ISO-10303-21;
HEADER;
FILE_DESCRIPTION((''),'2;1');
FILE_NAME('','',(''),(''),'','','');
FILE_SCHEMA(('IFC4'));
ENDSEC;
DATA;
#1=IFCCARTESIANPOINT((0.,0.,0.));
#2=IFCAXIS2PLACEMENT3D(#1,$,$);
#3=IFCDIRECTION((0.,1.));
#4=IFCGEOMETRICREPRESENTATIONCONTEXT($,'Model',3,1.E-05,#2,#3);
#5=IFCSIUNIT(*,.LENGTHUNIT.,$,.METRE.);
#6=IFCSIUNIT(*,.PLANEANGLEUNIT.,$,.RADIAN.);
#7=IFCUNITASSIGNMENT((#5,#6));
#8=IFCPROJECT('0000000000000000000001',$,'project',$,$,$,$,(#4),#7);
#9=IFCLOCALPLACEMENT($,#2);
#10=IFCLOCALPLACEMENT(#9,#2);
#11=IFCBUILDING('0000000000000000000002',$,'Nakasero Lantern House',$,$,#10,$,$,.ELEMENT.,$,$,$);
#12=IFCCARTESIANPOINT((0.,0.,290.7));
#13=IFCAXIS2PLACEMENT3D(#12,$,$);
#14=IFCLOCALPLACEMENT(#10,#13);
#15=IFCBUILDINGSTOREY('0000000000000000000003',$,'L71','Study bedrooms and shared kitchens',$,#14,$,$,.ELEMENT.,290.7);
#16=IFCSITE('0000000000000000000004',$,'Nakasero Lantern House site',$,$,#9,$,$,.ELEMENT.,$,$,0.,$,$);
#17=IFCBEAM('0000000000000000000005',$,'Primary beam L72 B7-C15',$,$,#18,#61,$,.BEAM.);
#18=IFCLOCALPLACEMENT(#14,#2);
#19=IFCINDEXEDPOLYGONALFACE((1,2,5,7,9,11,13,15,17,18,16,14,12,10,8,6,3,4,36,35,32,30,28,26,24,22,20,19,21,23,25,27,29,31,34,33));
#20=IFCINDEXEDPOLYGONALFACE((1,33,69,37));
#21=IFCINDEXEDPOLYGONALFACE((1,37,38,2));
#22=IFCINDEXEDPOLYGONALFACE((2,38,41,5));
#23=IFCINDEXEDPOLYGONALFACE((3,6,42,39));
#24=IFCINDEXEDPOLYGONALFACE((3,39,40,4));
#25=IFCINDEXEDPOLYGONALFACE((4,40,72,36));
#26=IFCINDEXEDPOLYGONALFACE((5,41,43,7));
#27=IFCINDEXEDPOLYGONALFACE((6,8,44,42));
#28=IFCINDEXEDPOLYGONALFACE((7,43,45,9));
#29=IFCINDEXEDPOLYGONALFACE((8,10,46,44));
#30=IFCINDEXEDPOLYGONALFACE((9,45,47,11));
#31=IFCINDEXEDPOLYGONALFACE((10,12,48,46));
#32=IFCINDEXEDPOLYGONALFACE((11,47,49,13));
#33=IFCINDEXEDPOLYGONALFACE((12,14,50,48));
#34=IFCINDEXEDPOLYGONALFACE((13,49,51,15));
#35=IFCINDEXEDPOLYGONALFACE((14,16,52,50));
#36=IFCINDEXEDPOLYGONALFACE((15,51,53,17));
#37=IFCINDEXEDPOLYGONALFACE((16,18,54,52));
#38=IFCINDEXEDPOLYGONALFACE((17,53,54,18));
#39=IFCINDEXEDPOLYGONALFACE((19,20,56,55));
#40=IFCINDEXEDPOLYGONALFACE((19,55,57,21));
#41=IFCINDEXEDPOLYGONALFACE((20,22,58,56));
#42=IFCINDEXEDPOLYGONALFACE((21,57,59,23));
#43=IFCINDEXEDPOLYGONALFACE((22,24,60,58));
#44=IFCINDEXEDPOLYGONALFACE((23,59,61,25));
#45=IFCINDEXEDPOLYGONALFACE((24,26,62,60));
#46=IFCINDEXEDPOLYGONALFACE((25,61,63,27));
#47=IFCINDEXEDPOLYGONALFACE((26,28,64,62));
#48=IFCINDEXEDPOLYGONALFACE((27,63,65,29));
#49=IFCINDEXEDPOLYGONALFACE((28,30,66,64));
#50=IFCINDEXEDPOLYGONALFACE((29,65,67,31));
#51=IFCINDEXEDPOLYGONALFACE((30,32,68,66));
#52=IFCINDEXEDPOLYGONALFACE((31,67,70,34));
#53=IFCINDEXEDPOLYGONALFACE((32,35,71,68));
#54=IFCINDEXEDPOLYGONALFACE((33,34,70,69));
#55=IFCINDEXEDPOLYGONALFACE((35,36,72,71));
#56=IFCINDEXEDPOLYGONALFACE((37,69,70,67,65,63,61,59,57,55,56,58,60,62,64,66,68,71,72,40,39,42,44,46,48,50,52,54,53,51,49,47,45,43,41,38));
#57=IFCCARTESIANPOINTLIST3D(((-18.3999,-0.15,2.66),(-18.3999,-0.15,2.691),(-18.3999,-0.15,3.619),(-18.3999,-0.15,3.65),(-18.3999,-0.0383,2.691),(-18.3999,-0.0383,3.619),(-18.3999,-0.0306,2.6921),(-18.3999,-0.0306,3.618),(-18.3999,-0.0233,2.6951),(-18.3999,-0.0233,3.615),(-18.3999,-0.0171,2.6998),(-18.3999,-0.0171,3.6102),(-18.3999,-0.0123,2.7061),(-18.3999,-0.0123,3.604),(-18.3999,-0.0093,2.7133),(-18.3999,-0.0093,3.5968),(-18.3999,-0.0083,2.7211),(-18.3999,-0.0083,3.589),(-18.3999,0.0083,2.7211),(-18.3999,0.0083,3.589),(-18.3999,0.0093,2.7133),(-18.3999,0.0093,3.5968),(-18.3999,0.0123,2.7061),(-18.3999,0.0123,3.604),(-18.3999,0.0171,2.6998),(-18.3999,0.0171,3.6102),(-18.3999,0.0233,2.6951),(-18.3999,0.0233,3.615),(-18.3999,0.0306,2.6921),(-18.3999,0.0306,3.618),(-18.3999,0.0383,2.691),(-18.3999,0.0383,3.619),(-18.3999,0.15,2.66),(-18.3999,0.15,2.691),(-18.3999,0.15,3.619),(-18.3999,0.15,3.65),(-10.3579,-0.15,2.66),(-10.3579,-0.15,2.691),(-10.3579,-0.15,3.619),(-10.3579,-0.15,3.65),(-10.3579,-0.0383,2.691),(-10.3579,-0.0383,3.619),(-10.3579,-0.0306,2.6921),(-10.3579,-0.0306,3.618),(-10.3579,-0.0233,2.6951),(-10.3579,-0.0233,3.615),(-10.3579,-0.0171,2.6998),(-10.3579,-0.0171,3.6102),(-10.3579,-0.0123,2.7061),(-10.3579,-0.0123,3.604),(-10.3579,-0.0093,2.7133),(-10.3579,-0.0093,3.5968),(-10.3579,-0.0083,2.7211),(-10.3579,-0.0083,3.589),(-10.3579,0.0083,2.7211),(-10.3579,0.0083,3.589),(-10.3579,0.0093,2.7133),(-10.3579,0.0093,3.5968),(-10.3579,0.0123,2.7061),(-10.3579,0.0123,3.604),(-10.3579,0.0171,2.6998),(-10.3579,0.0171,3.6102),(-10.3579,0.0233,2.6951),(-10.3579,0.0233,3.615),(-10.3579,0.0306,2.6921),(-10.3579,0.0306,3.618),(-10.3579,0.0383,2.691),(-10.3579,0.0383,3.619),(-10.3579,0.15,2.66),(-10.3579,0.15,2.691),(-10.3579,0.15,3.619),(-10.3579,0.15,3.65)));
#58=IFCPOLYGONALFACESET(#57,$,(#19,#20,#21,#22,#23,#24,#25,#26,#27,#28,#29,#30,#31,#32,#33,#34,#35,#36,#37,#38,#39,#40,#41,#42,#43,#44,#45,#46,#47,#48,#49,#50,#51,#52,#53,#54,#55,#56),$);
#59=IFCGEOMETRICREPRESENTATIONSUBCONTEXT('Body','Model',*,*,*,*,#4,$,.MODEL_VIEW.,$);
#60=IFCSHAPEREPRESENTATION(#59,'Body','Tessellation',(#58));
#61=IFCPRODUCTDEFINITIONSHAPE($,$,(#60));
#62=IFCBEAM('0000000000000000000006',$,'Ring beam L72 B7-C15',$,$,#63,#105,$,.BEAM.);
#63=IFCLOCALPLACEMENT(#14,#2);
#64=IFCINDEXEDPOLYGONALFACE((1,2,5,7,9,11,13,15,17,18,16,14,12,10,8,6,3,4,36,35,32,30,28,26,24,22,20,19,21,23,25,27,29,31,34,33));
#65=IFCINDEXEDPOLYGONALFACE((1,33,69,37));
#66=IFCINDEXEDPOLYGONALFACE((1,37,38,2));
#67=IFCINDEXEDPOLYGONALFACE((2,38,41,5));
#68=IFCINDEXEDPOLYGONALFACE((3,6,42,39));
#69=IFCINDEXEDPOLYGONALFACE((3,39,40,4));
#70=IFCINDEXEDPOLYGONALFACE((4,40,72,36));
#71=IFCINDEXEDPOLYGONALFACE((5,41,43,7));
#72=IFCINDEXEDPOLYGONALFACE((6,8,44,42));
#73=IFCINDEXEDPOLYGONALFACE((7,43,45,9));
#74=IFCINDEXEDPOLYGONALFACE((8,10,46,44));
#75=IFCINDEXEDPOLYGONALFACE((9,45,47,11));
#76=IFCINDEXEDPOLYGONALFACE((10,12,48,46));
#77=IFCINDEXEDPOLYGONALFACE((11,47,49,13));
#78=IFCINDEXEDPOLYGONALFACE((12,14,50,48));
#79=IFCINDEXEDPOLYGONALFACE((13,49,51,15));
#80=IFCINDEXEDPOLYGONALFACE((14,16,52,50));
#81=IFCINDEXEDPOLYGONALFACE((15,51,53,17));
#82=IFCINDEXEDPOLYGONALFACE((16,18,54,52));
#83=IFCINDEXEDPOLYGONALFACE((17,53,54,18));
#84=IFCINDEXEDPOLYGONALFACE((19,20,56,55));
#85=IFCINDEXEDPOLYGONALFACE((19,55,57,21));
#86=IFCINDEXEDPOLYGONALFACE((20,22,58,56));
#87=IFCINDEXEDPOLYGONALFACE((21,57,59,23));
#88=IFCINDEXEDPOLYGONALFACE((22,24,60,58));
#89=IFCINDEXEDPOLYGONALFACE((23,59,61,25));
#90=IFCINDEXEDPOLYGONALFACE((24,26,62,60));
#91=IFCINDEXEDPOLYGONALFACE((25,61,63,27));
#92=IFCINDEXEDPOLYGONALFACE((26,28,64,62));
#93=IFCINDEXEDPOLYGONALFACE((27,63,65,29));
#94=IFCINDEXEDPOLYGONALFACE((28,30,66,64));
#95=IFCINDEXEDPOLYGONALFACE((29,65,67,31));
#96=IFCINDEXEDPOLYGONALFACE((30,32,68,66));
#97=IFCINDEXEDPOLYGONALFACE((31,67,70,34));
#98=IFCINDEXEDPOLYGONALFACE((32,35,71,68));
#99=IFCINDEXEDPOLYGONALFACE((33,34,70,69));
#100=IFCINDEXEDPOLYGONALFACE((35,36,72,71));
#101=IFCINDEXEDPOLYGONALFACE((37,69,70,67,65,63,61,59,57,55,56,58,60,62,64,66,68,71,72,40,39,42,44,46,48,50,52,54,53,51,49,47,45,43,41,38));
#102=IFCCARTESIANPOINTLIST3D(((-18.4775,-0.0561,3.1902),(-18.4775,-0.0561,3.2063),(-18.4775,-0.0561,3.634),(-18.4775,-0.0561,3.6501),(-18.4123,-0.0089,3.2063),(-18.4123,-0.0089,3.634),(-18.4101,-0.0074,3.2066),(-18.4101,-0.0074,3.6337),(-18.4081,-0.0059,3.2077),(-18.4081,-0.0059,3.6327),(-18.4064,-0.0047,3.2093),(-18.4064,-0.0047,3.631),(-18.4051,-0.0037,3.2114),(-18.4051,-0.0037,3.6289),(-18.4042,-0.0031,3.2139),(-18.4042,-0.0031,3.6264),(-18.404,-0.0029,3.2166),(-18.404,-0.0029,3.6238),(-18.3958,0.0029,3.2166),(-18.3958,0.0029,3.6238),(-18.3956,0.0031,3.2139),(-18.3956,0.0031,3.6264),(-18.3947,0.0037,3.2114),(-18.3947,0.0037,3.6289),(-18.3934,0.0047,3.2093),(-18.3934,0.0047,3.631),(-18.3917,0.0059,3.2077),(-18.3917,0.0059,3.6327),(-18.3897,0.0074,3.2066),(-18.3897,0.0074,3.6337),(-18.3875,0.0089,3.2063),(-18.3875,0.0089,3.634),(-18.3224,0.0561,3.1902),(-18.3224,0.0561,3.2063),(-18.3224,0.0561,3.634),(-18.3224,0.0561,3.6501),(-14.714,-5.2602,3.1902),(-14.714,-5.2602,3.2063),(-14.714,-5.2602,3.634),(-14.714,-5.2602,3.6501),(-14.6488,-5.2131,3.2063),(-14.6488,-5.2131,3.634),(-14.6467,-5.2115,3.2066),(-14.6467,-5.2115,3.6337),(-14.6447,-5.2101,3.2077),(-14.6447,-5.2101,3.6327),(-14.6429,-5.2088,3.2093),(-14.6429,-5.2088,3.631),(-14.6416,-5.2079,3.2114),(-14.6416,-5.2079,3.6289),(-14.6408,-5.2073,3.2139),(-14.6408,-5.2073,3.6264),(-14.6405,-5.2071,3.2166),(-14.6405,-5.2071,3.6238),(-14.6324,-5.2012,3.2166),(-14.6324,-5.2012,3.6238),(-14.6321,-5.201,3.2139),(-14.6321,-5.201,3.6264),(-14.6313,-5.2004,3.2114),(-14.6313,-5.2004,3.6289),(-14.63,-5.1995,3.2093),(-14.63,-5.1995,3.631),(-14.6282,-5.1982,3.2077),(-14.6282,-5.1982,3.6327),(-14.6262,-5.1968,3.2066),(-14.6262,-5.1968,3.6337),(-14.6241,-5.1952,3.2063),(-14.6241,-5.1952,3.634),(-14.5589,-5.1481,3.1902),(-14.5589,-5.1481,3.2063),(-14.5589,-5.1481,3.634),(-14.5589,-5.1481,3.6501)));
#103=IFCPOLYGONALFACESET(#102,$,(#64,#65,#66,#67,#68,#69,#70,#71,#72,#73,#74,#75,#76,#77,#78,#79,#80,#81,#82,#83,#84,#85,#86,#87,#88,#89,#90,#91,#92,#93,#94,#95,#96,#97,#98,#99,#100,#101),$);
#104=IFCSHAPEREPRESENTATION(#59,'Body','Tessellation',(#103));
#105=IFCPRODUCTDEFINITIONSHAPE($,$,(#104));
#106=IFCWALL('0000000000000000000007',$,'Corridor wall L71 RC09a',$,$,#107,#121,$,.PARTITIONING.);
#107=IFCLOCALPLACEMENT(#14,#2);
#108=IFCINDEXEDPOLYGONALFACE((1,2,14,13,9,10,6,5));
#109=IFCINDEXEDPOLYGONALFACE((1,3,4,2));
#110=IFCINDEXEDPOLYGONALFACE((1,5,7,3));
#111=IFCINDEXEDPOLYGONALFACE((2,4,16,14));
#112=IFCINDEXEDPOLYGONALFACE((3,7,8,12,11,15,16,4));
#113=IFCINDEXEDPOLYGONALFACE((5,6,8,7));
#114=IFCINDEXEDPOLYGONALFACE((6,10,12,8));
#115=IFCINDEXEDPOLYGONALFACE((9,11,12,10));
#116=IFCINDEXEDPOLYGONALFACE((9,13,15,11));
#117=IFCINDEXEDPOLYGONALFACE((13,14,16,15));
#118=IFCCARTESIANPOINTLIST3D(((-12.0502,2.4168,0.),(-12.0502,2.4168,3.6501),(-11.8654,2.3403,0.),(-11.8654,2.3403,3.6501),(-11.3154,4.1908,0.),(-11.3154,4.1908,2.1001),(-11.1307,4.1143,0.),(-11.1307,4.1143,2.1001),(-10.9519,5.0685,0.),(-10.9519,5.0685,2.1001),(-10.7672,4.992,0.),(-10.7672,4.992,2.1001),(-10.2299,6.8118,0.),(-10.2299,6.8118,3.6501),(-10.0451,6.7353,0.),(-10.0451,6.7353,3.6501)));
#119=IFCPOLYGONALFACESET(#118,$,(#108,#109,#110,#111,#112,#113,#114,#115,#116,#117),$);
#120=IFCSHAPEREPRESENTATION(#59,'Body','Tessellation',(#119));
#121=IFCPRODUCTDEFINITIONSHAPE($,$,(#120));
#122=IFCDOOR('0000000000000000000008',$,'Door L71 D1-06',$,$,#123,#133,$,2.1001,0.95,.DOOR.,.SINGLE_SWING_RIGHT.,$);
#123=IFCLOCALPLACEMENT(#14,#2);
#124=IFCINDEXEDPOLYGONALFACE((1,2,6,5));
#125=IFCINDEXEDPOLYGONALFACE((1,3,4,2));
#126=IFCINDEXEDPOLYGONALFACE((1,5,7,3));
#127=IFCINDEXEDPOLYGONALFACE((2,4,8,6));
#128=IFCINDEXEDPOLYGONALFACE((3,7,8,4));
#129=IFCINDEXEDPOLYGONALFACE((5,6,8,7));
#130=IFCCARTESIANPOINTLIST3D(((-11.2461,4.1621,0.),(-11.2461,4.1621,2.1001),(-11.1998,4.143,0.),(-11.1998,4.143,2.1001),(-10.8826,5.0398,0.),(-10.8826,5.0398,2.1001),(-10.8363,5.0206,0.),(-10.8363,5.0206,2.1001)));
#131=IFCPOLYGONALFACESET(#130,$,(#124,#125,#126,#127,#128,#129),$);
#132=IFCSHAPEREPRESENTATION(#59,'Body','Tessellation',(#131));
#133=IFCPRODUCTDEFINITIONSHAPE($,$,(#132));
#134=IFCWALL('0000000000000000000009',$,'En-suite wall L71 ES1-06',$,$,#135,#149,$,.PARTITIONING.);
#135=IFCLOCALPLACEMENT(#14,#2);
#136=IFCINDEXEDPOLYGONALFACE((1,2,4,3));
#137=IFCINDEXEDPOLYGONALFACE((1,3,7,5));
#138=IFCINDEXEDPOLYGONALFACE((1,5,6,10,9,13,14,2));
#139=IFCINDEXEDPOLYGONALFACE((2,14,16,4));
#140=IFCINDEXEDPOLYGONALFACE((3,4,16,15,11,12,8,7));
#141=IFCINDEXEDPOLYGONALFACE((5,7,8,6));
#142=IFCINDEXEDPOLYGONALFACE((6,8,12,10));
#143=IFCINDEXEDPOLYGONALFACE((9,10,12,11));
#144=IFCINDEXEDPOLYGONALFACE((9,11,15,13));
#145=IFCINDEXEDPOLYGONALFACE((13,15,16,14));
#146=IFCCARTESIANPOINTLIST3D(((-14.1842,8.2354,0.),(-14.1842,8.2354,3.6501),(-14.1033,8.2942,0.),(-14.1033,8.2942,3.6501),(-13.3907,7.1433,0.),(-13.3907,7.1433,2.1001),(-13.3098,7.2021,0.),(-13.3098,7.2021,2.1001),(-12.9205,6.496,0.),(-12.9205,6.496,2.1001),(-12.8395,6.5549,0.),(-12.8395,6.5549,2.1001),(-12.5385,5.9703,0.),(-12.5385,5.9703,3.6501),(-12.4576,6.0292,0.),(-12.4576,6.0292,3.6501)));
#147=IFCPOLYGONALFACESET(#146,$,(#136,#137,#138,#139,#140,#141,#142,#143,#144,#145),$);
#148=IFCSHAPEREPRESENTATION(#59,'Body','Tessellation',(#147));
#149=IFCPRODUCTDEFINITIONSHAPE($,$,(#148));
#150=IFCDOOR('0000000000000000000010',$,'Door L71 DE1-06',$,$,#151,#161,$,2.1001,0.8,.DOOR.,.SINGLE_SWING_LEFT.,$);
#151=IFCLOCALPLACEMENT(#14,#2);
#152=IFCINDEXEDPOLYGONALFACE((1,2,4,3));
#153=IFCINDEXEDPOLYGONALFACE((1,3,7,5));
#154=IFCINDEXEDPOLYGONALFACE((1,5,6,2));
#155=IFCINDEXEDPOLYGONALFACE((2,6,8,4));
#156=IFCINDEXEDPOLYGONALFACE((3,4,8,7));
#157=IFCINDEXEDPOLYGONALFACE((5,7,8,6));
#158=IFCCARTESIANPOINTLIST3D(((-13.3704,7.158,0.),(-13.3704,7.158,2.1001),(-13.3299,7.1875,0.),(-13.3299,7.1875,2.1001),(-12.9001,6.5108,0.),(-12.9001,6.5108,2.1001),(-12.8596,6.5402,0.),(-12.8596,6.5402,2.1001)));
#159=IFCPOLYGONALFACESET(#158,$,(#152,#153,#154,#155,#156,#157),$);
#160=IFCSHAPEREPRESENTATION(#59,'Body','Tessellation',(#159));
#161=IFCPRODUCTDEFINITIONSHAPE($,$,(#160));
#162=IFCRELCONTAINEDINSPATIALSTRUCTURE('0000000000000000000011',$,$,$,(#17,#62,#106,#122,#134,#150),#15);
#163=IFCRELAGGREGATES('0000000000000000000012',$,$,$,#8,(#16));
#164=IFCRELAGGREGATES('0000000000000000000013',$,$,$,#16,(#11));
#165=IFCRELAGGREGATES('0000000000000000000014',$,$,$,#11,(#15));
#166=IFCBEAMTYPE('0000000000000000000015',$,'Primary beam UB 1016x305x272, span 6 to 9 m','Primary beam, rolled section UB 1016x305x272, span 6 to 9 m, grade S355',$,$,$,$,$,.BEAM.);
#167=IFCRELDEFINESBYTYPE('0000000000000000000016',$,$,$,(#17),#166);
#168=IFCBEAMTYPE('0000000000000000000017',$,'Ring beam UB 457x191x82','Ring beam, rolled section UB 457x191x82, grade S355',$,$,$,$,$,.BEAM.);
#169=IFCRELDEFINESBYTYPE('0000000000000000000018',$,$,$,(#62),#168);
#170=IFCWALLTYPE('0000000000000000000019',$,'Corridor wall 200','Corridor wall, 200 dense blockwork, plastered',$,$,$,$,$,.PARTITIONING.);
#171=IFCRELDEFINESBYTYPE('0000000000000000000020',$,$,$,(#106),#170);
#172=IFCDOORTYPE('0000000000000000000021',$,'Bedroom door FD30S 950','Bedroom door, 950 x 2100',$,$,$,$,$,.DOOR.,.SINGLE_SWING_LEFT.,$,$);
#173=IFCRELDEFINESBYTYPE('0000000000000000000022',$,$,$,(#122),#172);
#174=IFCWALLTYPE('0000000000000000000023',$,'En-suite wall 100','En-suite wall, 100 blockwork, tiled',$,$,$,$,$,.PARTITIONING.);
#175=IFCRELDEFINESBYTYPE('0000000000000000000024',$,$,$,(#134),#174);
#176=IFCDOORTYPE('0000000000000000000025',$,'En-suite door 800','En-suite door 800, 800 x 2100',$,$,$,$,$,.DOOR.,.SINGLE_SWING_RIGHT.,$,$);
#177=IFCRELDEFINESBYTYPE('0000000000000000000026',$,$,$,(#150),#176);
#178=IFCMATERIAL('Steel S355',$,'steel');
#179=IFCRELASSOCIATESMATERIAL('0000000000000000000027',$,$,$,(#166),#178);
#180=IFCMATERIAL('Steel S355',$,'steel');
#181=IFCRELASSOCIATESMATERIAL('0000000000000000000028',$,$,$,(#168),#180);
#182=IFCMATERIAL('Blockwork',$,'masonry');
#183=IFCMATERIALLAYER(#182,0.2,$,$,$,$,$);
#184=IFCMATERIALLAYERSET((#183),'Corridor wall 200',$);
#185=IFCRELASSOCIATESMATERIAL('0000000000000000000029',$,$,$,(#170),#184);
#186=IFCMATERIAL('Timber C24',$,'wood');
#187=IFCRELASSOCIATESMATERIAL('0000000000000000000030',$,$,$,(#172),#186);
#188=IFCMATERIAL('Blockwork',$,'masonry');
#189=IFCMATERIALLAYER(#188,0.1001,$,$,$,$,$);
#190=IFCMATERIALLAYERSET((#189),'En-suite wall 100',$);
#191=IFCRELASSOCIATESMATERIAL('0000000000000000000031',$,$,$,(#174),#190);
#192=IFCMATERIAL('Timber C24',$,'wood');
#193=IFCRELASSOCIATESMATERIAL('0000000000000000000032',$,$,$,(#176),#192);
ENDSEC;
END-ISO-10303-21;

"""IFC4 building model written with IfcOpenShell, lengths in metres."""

from ifc_helpers import new_model, si_unit, direction, frame, frame_2d, origin, origin_2d, place, context, subcontext, project, spatial, rectangle, i_section, extrude, material, layer, layer_set, material_profile, profile_set, type_object, element, fill, save


model = new_model("IFC4")

# Units and contexts
model_context = context("Model", 3, precision=1e-05, world=origin(), true_north=direction((0.0, 1.0)))
body_context = subcontext(model_context, "Body", "Model", "MODEL_VIEW")
ifc_project = project(units=[si_unit("LENGTHUNIT", "METRE"), si_unit("PLANEANGLEUNIT", "RADIAN")], contexts=[model_context])

# Site, building, storey
site_placement = place(None, origin())
site = spatial("IfcSite", under=ifc_project, at=site_placement, Name="Nakasero Lantern House site", CompositionType="ELEMENT", RefElevation=0.0)
building_placement = place(site_placement, origin())
building = spatial("IfcBuilding", under=site, at=building_placement, Name="Nakasero Lantern House", CompositionType="ELEMENT")
storey_placement = place(building_placement, frame((0.0, 0.0, 290.7)))
storey = spatial("IfcBuildingStorey", under=building, at=storey_placement, Name="L71", Description="Study bedrooms and shared kitchens", CompositionType="ELEMENT", Elevation=290.7)

# Beams
ifc_material_1 = material(Name="Steel S355", Category="steel")
ifc_material_profile_1 = material_profile(ifc_material_1, i_section(OverallWidth=0.3, OverallDepth=0.99, WebThickness=0.0166, FlangeThickness=0.031, FilletRadius=0.03, at=origin_2d()), Name="UB 1016x305x272")
ifc_profile_set_1 = profile_set([ifc_material_profile_1], Name="Steel S355")
beam_type_1 = type_object("IfcBeamType", Name="Primary beam UB 1016x305x272, span 6 to 9 m", Description="Primary beam, rolled section UB 1016x305x272, span 6 to 9 m, grade S355", PredefinedType="BEAM", material=ifc_profile_set_1)
beam_1_placement = place(storey_placement, frame((-18.3999, 0.0, 3.155), z_axis=(1.0, 0.0, 0.0), x_axis=(0.0, 1.0, 0.0)))
element("IfcBeam", 1, at=beam_1_placement, inside=storey, type_object=beam_type_1, Name="Primary beam L72 B7-C15", PredefinedType="BEAM", context=body_context, shape_type="SweptSolid", body=[
    extrude(i_section(OverallWidth=0.3, OverallDepth=0.99, WebThickness=0.0166, FlangeThickness=0.031, FilletRadius=0.03, at=origin_2d()), origin(), (0.0, 0.0, 1.0), 8.042),
])
ifc_material_2 = material(Name="Steel S355", Category="steel")
ifc_material_profile_2 = material_profile(ifc_material_2, i_section(OverallWidth=0.1914, OverallDepth=0.46, WebThickness=0.01, FlangeThickness=0.0161, FilletRadius=0.0103, at=origin_2d()), Name="UB 457x191x82")
ifc_profile_set_2 = profile_set([ifc_material_profile_2], Name="Steel S355")
beam_type_2 = type_object("IfcBeamType", Name="Ring beam UB 457x191x82", Description="Ring beam, rolled section UB 457x191x82, grade S355", PredefinedType="BEAM", material=ifc_profile_set_2)
beam_2_placement = place(storey_placement, frame((-18.3999, 0.0, 3.4202), z_axis=(0.585993, -0.810316, 0.0), x_axis=(0.810316, 0.585993, 0.0)))
element("IfcBeam", 2, at=beam_2_placement, inside=storey, type_object=beam_type_2, Name="Ring beam L72 B7-C15", PredefinedType="BEAM", context=body_context, shape_type="SweptSolid", body=[
    extrude(i_section(OverallWidth=0.1914, OverallDepth=0.46, WebThickness=0.01, FlangeThickness=0.0161, FilletRadius=0.0103, at=origin_2d()), origin(), (0.0, 0.0, 1.0), 6.4224),
])

# Walls, openings, doors
ifc_material_3 = material(Name="Blockwork", Category="masonry")
ifc_layer_1 = layer(ifc_material_3, 0.2)
ifc_layer_set_1 = layer_set([ifc_layer_1], Name="Corridor wall 200")
wall_type_1 = type_object("IfcWallType", Name="Corridor wall 200", Description="Corridor wall, 200 dense blockwork, plastered", PredefinedType="PARTITIONING", material=ifc_layer_set_1)
wall_1_placement = place(storey_placement, frame((-11.9578, 2.3787, 0.0), z_axis=(0.0, 0.0, 1.0), x_axis=(0.382654, 0.923892, 0.0)))
wall_1 = element("IfcWall", 3, at=wall_1_placement, inside=storey, type_object=wall_type_1, Name="Corridor wall L71 RC09a", PredefinedType="PARTITIONING", context=body_context, shape_type="SweptSolid", body=[
    extrude(rectangle(XDim=4.7571, YDim=0.2, at=frame_2d((2.3784, 0.0))), origin(), (0.0, 0.0, 1.0), 3.6501),
])
opening_1_placement = place(wall_1_placement, frame((1.9199, 0.0, 0.0)))
opening_1 = element("IfcOpeningElement", 4, at=opening_1_placement, cuts=wall_1, PredefinedType="OPENING", context=body_context, shape_type="SweptSolid", body=[
    extrude(rectangle(XDim=0.95, YDim=2.1001, at=frame_2d((0.4751, 1.05))), frame((0.0, 0.1199, 0.0), z_axis=(0.0, -1.0, 0.0), x_axis=(1.0, 0.0, 0.0)), (0.0, 0.0, 1.0), 0.24),
])
ifc_material_4 = material(Name="Timber C24", Category="wood")
door_type_1 = type_object("IfcDoorType", Name="Bedroom door FD30S 950", Description="Bedroom door, 950 x 2100", OperationType="SINGLE_SWING_LEFT", PredefinedType="DOOR", material=ifc_material_4)
door_1_placement = place(opening_1_placement, origin())
door_1 = element("IfcDoor", 5, at=door_1_placement, inside=storey, type_object=door_type_1, Name="Door L71 D1-06", OperationType="SINGLE_SWING_RIGHT", OverallHeight=2.1001, OverallWidth=0.95, PredefinedType="DOOR", context=body_context, shape_type="SweptSolid", body=[
    extrude(rectangle(XDim=0.95, YDim=2.1001, at=frame_2d((0.4751, 1.05))), frame((0.0, 0.0249, 0.0), z_axis=(0.0, -1.0, 0.0), x_axis=(1.0, 0.0, 0.0)), (0.0, 0.0, 1.0), 0.05),
])
fill(opening_1, door_1)
ifc_material_5 = material(Name="Blockwork", Category="masonry")
ifc_layer_2 = layer(ifc_material_5, 0.1001)
ifc_layer_set_2 = layer_set([ifc_layer_2], Name="En-suite wall 100")
wall_type_2 = type_object("IfcWallType", Name="En-suite wall 100", Description="En-suite wall, 100 blockwork, tiled", PredefinedType="PARTITIONING", material=ifc_layer_set_2)
wall_2_placement = place(storey_placement, frame((-12.498, 5.9998, 0.0), z_axis=(0.0, 0.0, 1.0), x_axis=(-0.587793, 0.809011, 0.0)))
wall_2 = element("IfcWall", 6, at=wall_2_placement, inside=storey, type_object=wall_type_2, Name="En-suite wall L71 ES1-06", PredefinedType="PARTITIONING", context=body_context, shape_type="SweptSolid", body=[
    extrude(rectangle(XDim=2.7998, YDim=0.1001, at=frame_2d((1.3999, 0.0))), origin(), (0.0, 0.0, 1.0), 3.6501),
])
opening_2_placement = place(wall_2_placement, frame((0.6499, 0.0, 0.0)))
opening_2 = element("IfcOpeningElement", 7, at=opening_2_placement, cuts=wall_2, PredefinedType="OPENING", context=body_context, shape_type="SweptSolid", body=[
    extrude(rectangle(XDim=0.8, YDim=2.1001, at=frame_2d((0.3999, 1.05))), frame((0.0, 0.0701, 0.0), z_axis=(0.0, -1.0, 0.0), x_axis=(1.0, 0.0, 0.0)), (0.0, 0.0, 1.0), 0.1401),
])
ifc_material_6 = material(Name="Timber C24", Category="wood")
door_type_2 = type_object("IfcDoorType", Name="En-suite door 800", Description="En-suite door 800, 800 x 2100", OperationType="SINGLE_SWING_RIGHT", PredefinedType="DOOR", material=ifc_material_6)
door_2_placement = place(opening_2_placement, origin())
door_2 = element("IfcDoor", 8, at=door_2_placement, inside=storey, type_object=door_type_2, Name="Door L71 DE1-06", OperationType="SINGLE_SWING_LEFT", OverallHeight=2.1001, OverallWidth=0.8, PredefinedType="DOOR", context=body_context, shape_type="SweptSolid", body=[
    extrude(rectangle(XDim=0.8, YDim=2.1001, at=frame_2d((0.3999, 1.05))), frame((0.0, 0.0249, 0.0), z_axis=(0.0, -1.0, 0.0), x_axis=(1.0, 0.0, 0.0)), (0.0, 0.0, 1.0), 0.05),
])
fill(opening_2, door_2)

save(model, "model.ifc")
